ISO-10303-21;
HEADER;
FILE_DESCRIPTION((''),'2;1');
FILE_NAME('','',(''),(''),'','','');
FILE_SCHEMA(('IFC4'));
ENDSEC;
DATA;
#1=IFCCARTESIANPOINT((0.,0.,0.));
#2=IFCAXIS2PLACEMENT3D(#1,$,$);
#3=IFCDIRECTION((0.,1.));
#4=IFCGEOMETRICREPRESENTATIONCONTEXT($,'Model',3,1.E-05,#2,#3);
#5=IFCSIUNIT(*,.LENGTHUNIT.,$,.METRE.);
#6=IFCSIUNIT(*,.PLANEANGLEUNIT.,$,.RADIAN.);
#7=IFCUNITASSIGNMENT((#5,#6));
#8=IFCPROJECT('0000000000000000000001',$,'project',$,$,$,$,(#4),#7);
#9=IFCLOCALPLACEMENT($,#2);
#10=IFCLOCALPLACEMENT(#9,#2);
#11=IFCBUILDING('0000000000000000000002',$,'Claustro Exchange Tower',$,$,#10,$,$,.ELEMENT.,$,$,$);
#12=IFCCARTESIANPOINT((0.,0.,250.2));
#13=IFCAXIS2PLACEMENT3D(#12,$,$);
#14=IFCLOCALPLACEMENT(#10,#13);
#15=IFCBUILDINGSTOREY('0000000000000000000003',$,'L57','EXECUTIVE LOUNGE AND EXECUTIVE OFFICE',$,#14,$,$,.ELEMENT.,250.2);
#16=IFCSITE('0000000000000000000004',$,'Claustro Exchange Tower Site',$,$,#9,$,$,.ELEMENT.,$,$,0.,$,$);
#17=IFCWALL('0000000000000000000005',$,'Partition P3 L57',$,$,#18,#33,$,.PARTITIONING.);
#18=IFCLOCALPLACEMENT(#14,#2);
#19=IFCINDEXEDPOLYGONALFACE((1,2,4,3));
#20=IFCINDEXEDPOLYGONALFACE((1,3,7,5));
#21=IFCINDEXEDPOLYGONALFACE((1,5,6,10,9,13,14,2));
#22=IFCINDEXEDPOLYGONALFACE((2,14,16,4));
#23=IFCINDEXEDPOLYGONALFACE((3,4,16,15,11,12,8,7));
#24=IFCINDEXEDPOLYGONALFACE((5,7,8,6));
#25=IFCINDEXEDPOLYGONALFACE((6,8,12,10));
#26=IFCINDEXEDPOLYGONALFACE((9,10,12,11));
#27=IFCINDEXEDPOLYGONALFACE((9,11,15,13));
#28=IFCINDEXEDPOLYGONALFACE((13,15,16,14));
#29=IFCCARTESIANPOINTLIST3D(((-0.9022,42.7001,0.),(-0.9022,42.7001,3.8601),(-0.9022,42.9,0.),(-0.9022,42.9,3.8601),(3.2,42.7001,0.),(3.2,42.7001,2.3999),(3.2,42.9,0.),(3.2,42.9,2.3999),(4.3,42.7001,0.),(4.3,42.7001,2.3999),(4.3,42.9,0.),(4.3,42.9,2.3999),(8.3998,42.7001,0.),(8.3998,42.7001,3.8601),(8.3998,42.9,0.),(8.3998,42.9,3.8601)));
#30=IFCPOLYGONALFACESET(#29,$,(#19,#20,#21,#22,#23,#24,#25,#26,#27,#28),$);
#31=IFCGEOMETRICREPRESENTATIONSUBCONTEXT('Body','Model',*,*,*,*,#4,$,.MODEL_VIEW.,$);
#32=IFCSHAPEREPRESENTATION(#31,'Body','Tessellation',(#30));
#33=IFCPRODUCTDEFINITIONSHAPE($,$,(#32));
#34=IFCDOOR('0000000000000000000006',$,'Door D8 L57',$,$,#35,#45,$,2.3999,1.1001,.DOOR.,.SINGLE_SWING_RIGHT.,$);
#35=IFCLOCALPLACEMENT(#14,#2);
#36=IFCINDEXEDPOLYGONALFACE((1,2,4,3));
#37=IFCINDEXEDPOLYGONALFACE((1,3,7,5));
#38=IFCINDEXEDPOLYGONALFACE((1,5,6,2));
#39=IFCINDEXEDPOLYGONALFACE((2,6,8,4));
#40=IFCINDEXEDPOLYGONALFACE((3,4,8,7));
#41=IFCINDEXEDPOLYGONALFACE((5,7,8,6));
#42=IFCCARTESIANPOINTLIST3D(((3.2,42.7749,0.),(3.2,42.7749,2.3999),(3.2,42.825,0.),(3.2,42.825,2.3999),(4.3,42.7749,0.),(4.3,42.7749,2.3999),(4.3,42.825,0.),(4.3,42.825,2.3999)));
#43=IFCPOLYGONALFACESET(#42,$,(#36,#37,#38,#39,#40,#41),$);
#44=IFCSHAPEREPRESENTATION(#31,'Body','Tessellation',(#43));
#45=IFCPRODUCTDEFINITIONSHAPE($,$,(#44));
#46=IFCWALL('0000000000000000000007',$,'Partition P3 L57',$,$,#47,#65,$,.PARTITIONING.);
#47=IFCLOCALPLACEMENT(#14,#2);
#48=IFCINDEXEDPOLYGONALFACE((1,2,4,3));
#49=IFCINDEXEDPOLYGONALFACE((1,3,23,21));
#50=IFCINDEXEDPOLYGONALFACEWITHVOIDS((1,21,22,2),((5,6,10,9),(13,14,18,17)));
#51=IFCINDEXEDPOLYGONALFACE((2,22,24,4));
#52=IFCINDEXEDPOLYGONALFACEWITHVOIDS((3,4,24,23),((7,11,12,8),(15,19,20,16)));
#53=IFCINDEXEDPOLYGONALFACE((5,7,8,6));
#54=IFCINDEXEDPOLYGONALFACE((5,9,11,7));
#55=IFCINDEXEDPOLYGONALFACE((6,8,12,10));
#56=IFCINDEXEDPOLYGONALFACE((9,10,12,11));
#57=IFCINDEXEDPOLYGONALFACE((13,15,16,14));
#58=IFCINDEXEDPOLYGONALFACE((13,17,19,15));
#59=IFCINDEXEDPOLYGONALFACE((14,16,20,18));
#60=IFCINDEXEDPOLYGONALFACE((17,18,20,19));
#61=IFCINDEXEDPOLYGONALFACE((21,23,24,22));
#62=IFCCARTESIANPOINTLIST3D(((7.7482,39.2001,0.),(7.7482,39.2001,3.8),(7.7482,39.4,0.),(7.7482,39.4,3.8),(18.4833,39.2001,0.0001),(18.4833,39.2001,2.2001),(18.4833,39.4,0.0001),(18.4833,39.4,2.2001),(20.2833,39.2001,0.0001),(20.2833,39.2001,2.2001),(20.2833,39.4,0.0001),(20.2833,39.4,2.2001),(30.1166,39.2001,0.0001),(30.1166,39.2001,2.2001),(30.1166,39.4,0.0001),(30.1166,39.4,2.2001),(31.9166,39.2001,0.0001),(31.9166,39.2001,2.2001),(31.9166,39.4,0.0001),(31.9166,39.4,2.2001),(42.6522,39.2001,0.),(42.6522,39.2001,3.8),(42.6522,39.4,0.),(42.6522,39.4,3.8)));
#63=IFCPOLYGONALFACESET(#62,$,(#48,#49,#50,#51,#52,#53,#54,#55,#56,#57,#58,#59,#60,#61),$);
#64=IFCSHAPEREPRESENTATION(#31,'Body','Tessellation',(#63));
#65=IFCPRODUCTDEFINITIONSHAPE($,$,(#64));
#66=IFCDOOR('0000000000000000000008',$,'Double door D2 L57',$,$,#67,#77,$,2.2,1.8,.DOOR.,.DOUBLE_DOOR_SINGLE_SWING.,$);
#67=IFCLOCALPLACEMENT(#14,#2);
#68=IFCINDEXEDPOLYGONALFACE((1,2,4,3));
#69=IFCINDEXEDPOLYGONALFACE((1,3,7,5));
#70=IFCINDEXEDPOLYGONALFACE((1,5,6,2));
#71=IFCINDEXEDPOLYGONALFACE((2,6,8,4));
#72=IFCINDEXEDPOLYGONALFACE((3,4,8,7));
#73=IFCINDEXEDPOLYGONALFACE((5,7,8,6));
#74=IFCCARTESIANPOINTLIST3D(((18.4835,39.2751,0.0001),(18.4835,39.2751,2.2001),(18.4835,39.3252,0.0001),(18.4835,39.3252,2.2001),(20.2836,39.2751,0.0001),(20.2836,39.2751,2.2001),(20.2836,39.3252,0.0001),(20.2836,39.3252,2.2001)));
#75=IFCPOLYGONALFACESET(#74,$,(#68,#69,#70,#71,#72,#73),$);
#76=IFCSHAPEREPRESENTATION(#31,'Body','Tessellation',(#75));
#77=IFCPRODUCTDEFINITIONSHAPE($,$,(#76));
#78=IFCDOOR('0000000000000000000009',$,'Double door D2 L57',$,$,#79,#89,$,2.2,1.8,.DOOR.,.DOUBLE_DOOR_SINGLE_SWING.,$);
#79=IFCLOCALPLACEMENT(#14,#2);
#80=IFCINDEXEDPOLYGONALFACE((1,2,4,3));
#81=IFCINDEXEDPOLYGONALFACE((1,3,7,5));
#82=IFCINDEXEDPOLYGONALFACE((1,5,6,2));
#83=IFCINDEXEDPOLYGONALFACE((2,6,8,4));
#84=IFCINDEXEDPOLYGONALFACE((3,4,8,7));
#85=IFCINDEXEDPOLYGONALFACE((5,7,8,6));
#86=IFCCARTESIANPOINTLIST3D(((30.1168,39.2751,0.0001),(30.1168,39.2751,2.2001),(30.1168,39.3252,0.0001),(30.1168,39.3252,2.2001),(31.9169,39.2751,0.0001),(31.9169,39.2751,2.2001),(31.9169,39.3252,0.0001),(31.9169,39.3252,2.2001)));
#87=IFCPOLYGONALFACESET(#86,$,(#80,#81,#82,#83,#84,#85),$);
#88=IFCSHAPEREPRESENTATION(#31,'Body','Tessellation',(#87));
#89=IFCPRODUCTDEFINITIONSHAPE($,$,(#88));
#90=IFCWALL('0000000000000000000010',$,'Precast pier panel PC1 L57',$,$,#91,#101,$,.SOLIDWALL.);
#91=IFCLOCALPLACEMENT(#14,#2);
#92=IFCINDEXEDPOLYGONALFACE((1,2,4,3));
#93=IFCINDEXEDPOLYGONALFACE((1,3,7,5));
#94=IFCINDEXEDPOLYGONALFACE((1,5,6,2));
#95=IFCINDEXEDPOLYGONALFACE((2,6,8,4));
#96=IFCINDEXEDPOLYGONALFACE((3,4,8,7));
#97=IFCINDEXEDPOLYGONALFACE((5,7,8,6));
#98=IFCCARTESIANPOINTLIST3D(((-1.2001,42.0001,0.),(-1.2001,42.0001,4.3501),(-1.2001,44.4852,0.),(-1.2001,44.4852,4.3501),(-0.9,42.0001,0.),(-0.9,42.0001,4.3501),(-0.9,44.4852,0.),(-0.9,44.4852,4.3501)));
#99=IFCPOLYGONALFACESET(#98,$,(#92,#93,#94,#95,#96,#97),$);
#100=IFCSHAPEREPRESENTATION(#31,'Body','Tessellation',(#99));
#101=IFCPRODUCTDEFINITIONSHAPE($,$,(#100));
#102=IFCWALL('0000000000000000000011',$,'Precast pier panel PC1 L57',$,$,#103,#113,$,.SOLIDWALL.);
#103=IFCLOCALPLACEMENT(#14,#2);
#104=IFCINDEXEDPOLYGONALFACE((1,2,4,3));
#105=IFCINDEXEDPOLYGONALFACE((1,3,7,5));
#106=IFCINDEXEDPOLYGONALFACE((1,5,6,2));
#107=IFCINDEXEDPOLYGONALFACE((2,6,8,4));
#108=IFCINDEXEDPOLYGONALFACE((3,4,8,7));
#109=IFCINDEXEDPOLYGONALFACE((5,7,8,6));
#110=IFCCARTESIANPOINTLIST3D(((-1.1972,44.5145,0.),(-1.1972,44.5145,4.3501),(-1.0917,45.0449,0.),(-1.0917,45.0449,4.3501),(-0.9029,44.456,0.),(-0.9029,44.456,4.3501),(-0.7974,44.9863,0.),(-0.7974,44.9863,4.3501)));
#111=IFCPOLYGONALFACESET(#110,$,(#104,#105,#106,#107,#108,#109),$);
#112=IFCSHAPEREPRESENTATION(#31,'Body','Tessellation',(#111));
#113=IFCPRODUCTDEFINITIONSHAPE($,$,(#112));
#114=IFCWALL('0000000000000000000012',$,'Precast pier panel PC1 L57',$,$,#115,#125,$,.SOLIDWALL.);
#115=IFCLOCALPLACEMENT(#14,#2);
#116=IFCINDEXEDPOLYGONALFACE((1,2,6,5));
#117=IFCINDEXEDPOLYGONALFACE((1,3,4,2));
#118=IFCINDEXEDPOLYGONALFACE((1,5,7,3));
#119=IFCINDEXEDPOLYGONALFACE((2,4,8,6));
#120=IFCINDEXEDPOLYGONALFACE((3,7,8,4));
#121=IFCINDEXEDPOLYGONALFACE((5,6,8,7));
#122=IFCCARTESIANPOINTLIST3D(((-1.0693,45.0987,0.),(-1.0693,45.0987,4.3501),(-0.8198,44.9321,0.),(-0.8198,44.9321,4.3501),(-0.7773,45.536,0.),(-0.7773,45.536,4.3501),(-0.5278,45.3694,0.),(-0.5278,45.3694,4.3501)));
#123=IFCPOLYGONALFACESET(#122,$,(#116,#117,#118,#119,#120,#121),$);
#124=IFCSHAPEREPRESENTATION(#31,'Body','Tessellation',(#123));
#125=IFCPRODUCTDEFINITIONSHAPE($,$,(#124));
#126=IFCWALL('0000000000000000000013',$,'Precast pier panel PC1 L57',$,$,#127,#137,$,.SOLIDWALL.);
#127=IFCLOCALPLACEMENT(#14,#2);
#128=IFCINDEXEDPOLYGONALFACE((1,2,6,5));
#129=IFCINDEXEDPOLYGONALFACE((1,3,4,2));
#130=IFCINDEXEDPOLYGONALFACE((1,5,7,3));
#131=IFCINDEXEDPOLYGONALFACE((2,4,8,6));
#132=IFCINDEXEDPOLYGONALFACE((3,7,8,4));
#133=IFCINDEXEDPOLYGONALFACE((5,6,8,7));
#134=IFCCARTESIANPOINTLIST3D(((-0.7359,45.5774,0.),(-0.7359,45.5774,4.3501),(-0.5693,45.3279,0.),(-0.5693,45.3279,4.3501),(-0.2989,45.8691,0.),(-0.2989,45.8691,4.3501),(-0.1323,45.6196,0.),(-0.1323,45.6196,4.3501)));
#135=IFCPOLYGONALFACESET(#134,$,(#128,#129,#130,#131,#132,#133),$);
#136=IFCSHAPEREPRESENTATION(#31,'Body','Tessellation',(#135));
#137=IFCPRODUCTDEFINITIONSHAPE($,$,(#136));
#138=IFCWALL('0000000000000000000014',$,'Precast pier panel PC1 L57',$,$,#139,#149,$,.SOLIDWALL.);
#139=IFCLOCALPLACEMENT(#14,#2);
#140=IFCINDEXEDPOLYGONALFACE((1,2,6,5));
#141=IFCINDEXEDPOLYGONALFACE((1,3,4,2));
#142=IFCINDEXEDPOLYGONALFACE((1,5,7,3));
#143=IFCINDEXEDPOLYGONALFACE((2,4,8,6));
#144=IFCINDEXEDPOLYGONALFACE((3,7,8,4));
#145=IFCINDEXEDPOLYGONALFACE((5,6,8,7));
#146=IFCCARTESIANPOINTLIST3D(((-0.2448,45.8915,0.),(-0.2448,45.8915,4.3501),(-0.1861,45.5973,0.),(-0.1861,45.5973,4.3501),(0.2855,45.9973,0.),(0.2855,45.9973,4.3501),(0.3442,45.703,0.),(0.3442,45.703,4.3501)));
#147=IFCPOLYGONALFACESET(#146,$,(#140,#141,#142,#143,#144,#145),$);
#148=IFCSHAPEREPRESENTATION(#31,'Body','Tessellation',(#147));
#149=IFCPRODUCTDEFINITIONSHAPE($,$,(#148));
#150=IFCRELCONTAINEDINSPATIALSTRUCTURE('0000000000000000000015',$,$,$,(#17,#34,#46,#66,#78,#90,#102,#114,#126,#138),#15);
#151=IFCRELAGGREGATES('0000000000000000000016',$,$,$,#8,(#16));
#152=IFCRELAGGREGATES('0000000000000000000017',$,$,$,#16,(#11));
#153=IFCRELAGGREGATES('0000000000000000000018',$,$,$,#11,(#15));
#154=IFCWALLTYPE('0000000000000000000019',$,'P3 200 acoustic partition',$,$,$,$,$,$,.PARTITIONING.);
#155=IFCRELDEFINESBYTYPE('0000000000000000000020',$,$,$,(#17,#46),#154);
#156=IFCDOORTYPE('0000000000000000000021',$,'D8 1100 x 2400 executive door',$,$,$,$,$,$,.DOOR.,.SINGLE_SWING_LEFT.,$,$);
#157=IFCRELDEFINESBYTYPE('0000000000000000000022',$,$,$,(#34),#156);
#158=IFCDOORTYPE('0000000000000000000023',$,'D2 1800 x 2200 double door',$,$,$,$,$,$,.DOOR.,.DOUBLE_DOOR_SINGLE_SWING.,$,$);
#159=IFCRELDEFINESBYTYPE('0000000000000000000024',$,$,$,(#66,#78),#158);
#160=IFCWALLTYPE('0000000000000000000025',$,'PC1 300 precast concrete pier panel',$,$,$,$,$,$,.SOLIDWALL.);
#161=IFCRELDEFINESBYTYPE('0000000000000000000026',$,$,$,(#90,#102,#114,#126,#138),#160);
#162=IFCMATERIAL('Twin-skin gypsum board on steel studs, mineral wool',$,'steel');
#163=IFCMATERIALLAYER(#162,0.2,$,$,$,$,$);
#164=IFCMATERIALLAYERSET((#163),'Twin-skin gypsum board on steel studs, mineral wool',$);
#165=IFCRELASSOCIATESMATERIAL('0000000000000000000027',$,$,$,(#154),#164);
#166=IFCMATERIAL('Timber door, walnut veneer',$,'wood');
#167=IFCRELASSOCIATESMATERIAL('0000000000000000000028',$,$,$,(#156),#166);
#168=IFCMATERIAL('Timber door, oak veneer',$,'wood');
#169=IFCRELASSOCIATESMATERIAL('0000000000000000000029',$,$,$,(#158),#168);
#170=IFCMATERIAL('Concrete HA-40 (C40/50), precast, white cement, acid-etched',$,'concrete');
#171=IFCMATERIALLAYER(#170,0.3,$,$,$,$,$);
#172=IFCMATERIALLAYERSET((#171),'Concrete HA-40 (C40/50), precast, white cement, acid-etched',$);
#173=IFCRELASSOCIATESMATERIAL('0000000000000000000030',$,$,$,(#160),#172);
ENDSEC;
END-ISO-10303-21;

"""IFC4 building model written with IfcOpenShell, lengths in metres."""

from ifc_helpers import new_model, si_unit, direction, frame, frame_2d, origin, place, context, subcontext, project, spatial, rectangle, extrude, material, layer, layer_set, type_object, element, fill, save


model = new_model("IFC4")

# Units and contexts
model_context = context("Model", 3, precision=1e-05, world=origin(), true_north=direction((0.0, 1.0)))
body_context = subcontext(model_context, "Body", "Model", "MODEL_VIEW")
ifc_project = project(units=[si_unit("LENGTHUNIT", "METRE"), si_unit("PLANEANGLEUNIT", "RADIAN")], contexts=[model_context])

# Site, building, storey
site_placement = place(None, origin())
site = spatial("IfcSite", under=ifc_project, at=site_placement, Name="Claustro Exchange Tower Site", CompositionType="ELEMENT", RefElevation=0.0)
building_placement = place(site_placement, origin())
building = spatial("IfcBuilding", under=site, at=building_placement, Name="Claustro Exchange Tower", CompositionType="ELEMENT")
storey_placement = place(building_placement, frame((0.0, 0.0, 250.2)))
storey = spatial("IfcBuildingStorey", under=building, at=storey_placement, Name="L57", Description="EXECUTIVE LOUNGE AND EXECUTIVE OFFICE", CompositionType="ELEMENT", Elevation=250.2)

# Wall, opening, door
ifc_material_1 = material(Name="Twin-skin gypsum board on steel studs, mineral wool", Category="steel")
ifc_layer_1 = layer(ifc_material_1, 0.2)
ifc_layer_set_1 = layer_set([ifc_layer_1], Name="Twin-skin gypsum board on steel studs, mineral wool")
wall_type_1 = type_object("IfcWallType", Name="P3 200 acoustic partition", PredefinedType="PARTITIONING", material=ifc_layer_set_1)
wall_1_placement = place(storey_placement, frame((-0.9021, 42.8, 0.0), z_axis=(0.0, 0.0, 1.0), x_axis=(1.0, 0.0, 0.0)))
wall_1 = element("IfcWall", 1, at=wall_1_placement, inside=storey, type_object=wall_type_1, Name="Partition P3 L57", PredefinedType="PARTITIONING", context=body_context, shape_type="SweptSolid", body=[
    extrude(rectangle(XDim=9.302, YDim=0.2, at=frame_2d((4.6509, 0.0))), origin(), (0.0, 0.0, 1.0), 3.8601),
])
opening_1_placement = place(wall_1_placement, frame((4.1021, 0.0, 0.0)))
opening_1 = element("IfcOpeningElement", 2, at=opening_1_placement, cuts=wall_1, PredefinedType="OPENING", context=body_context, shape_type="SweptSolid", body=[
    extrude(rectangle(XDim=1.1001, YDim=2.3999, at=frame_2d((0.55, 1.2))), frame((0.0, 0.1099, 0.0), z_axis=(0.0, -1.0, 0.0), x_axis=(1.0, 0.0, 0.0)), (0.0, 0.0, 1.0), 0.22),
])
ifc_material_2 = material(Name="Timber door, walnut veneer", Category="wood")
door_type_1 = type_object("IfcDoorType", Name="D8 1100 x 2400 executive door", OperationType="SINGLE_SWING_LEFT", PredefinedType="DOOR", material=ifc_material_2)
door_1_placement = place(opening_1_placement, origin())
door_1 = element("IfcDoor", 3, at=door_1_placement, inside=storey, type_object=door_type_1, Name="Door D8 L57", OperationType="SINGLE_SWING_RIGHT", OverallHeight=2.3999, OverallWidth=1.1001, PredefinedType="DOOR", context=body_context, shape_type="SweptSolid", body=[
    extrude(rectangle(XDim=1.1001, YDim=2.3999, at=frame_2d((0.55, 1.2))), frame((0.0, 0.0249, 0.0), z_axis=(0.0, -1.0, 0.0), x_axis=(1.0, 0.0, 0.0)), (0.0, 0.0, 1.0), 0.05),
])
fill(opening_1, door_1)

# Wall, openings, doors
wall_2_placement = place(storey_placement, frame((7.748, 39.3, 0.0), z_axis=(0.0, 0.0, 1.0), x_axis=(1.0, 0.0, 0.0)))
wall_2 = element("IfcWall", 4, at=wall_2_placement, inside=storey, type_object=wall_type_1, Name="Partition P3 L57", PredefinedType="PARTITIONING", context=body_context, shape_type="SweptSolid", body=[
    extrude(rectangle(XDim=34.9041, YDim=0.2, at=frame_2d((17.4521, 0.0))), origin(), (0.0, 0.0, 1.0), 3.8),
])
opening_2_placement = place(wall_2_placement, frame((10.7354, 0.0, 0.0)))
opening_2 = element("IfcOpeningElement", 5, at=opening_2_placement, cuts=wall_2, PredefinedType="OPENING", context=body_context, shape_type="SweptSolid", body=[
    extrude(rectangle(XDim=1.8, YDim=2.2, at=frame_2d((0.8999, 1.1001))), frame((0.0, 0.1099, 0.0), z_axis=(0.0, -1.0, 0.0), x_axis=(1.0, 0.0, 0.0)), (0.0, 0.0, 1.0), 0.22),
])
opening_3_placement = place(wall_2_placement, frame((22.3687, 0.0, 0.0)))
opening_3 = element("IfcOpeningElement", 6, at=opening_3_placement, cuts=wall_2, PredefinedType="OPENING", context=body_context, shape_type="SweptSolid", body=[
    extrude(rectangle(XDim=1.8, YDim=2.2, at=frame_2d((0.8999, 1.1001))), frame((0.0, 0.1099, 0.0), z_axis=(0.0, -1.0, 0.0), x_axis=(1.0, 0.0, 0.0)), (0.0, 0.0, 1.0), 0.22),
])
ifc_material_3 = material(Name="Timber door, oak veneer", Category="wood")
door_type_2 = type_object("IfcDoorType", Name="D2 1800 x 2200 double door", OperationType="DOUBLE_DOOR_SINGLE_SWING", PredefinedType="DOOR", material=ifc_material_3)
door_2_placement = place(opening_2_placement, frame((1.8, 0.0, 0.0), z_axis=(0.0, 0.0, 1.0), x_axis=(-1.0, 0.0, 0.0)))
door_2 = element("IfcDoor", 7, at=door_2_placement, inside=storey, type_object=door_type_2, Name="Double door D2 L57", OperationType="DOUBLE_DOOR_SINGLE_SWING", OverallHeight=2.2, OverallWidth=1.8, PredefinedType="DOOR", context=body_context, shape_type="SweptSolid", body=[
    extrude(rectangle(XDim=1.8, YDim=2.2, at=frame_2d((0.8999, 1.1001))), frame((0.0, 0.0249, 0.0), z_axis=(0.0, -1.0, 0.0), x_axis=(1.0, 0.0, 0.0)), (0.0, 0.0, 1.0), 0.05),
])
fill(opening_2, door_2)
door_3_placement = place(opening_3_placement, frame((1.8, 0.0, 0.0), z_axis=(0.0, 0.0, 1.0), x_axis=(-1.0, 0.0, 0.0)))
door_3 = element("IfcDoor", 8, at=door_3_placement, inside=storey, type_object=door_type_2, Name="Double door D2 L57", OperationType="DOUBLE_DOOR_SINGLE_SWING", OverallHeight=2.2, OverallWidth=1.8, PredefinedType="DOOR", context=body_context, shape_type="SweptSolid", body=[
    extrude(rectangle(XDim=1.8, YDim=2.2, at=frame_2d((0.8999, 1.1001))), frame((0.0, 0.0249, 0.0), z_axis=(0.0, -1.0, 0.0), x_axis=(1.0, 0.0, 0.0)), (0.0, 0.0, 1.0), 0.05),
])
fill(opening_3, door_3)

# Walls
ifc_material_4 = material(Name="Concrete HA-40 (C40/50), precast, white cement, acid-etched", Category="concrete")
ifc_layer_2 = layer(ifc_material_4, 0.3)
ifc_layer_set_2 = layer_set([ifc_layer_2], Name="Concrete HA-40 (C40/50), precast, white cement, acid-etched")
wall_type_2 = type_object("IfcWallType", Name="PC1 300 precast concrete pier panel", PredefinedType="SOLIDWALL", material=ifc_layer_set_2)
wall_3_placement = place(storey_placement, frame((-1.05, 42.0, 0.0), z_axis=(0.0, 0.0, 1.0), x_axis=(0.0, 1.0, 0.0)))
element("IfcWall", 9, at=wall_3_placement, inside=storey, type_object=wall_type_2, Name="Precast pier panel PC1 L57", PredefinedType="SOLIDWALL", context=body_context, shape_type="SweptSolid", body=[
    extrude(rectangle(XDim=2.4851, YDim=0.3, at=frame_2d((1.2427, 0.0))), origin(), (0.0, 0.0, 1.0), 4.3501),
])
wall_4_placement = place(storey_placement, frame((-1.05, 44.4851, 0.0), z_axis=(0.0, 0.0, 1.0), x_axis=(0.195074, 0.980789, 0.0)))
element("IfcWall", 10, at=wall_4_placement, inside=storey, type_object=wall_type_2, Name="Precast pier panel PC1 L57", PredefinedType="SOLIDWALL", context=body_context, shape_type="SweptSolid", body=[
    extrude(rectangle(XDim=0.5408, YDim=0.3, at=frame_2d((0.2705, 0.0))), origin(), (0.0, 0.0, 1.0), 4.3501),
])
wall_5_placement = place(storey_placement, frame((-0.9446, 45.0154, 0.0), z_axis=(0.0, 0.0, 1.0), x_axis=(0.555343, 0.831621, 0.0)))
element("IfcWall", 11, at=wall_5_placement, inside=storey, type_object=wall_type_2, Name="Precast pier panel PC1 L57", PredefinedType="SOLIDWALL", context=body_context, shape_type="SweptSolid", body=[
    extrude(rectangle(XDim=0.5259, YDim=0.3, at=frame_2d((0.2629, 0.0))), origin(), (0.0, 0.0, 1.0), 4.3501),
])
wall_6_placement = place(storey_placement, frame((-0.6526, 45.4526, 0.0), z_axis=(0.0, 0.0, 1.0), x_axis=(0.831693, 0.555236, 0.0)))
element("IfcWall", 12, at=wall_6_placement, inside=storey, type_object=wall_type_2, Name="Precast pier panel PC1 L57", PredefinedType="SOLIDWALL", context=body_context, shape_type="SweptSolid", body=[
    extrude(rectangle(XDim=0.5254, YDim=0.3, at=frame_2d((0.2627, 0.0))), origin(), (0.0, 0.0, 1.0), 4.3501),
])
wall_7_placement = place(storey_placement, frame((-0.2156, 45.7444, 0.0), z_axis=(0.0, 0.0, 1.0), x_axis=(0.980702, 0.195508, 0.0)))
element("IfcWall", 13, at=wall_7_placement, inside=storey, type_object=wall_type_2, Name="Precast pier panel PC1 L57", PredefinedType="SOLIDWALL", context=body_context, shape_type="SweptSolid", body=[
    extrude(rectangle(XDim=0.5408, YDim=0.3, at=frame_2d((0.2705, 0.0))), origin(), (0.0, 0.0, 1.0), 4.3501),
])

save(model, "model.ifc")
